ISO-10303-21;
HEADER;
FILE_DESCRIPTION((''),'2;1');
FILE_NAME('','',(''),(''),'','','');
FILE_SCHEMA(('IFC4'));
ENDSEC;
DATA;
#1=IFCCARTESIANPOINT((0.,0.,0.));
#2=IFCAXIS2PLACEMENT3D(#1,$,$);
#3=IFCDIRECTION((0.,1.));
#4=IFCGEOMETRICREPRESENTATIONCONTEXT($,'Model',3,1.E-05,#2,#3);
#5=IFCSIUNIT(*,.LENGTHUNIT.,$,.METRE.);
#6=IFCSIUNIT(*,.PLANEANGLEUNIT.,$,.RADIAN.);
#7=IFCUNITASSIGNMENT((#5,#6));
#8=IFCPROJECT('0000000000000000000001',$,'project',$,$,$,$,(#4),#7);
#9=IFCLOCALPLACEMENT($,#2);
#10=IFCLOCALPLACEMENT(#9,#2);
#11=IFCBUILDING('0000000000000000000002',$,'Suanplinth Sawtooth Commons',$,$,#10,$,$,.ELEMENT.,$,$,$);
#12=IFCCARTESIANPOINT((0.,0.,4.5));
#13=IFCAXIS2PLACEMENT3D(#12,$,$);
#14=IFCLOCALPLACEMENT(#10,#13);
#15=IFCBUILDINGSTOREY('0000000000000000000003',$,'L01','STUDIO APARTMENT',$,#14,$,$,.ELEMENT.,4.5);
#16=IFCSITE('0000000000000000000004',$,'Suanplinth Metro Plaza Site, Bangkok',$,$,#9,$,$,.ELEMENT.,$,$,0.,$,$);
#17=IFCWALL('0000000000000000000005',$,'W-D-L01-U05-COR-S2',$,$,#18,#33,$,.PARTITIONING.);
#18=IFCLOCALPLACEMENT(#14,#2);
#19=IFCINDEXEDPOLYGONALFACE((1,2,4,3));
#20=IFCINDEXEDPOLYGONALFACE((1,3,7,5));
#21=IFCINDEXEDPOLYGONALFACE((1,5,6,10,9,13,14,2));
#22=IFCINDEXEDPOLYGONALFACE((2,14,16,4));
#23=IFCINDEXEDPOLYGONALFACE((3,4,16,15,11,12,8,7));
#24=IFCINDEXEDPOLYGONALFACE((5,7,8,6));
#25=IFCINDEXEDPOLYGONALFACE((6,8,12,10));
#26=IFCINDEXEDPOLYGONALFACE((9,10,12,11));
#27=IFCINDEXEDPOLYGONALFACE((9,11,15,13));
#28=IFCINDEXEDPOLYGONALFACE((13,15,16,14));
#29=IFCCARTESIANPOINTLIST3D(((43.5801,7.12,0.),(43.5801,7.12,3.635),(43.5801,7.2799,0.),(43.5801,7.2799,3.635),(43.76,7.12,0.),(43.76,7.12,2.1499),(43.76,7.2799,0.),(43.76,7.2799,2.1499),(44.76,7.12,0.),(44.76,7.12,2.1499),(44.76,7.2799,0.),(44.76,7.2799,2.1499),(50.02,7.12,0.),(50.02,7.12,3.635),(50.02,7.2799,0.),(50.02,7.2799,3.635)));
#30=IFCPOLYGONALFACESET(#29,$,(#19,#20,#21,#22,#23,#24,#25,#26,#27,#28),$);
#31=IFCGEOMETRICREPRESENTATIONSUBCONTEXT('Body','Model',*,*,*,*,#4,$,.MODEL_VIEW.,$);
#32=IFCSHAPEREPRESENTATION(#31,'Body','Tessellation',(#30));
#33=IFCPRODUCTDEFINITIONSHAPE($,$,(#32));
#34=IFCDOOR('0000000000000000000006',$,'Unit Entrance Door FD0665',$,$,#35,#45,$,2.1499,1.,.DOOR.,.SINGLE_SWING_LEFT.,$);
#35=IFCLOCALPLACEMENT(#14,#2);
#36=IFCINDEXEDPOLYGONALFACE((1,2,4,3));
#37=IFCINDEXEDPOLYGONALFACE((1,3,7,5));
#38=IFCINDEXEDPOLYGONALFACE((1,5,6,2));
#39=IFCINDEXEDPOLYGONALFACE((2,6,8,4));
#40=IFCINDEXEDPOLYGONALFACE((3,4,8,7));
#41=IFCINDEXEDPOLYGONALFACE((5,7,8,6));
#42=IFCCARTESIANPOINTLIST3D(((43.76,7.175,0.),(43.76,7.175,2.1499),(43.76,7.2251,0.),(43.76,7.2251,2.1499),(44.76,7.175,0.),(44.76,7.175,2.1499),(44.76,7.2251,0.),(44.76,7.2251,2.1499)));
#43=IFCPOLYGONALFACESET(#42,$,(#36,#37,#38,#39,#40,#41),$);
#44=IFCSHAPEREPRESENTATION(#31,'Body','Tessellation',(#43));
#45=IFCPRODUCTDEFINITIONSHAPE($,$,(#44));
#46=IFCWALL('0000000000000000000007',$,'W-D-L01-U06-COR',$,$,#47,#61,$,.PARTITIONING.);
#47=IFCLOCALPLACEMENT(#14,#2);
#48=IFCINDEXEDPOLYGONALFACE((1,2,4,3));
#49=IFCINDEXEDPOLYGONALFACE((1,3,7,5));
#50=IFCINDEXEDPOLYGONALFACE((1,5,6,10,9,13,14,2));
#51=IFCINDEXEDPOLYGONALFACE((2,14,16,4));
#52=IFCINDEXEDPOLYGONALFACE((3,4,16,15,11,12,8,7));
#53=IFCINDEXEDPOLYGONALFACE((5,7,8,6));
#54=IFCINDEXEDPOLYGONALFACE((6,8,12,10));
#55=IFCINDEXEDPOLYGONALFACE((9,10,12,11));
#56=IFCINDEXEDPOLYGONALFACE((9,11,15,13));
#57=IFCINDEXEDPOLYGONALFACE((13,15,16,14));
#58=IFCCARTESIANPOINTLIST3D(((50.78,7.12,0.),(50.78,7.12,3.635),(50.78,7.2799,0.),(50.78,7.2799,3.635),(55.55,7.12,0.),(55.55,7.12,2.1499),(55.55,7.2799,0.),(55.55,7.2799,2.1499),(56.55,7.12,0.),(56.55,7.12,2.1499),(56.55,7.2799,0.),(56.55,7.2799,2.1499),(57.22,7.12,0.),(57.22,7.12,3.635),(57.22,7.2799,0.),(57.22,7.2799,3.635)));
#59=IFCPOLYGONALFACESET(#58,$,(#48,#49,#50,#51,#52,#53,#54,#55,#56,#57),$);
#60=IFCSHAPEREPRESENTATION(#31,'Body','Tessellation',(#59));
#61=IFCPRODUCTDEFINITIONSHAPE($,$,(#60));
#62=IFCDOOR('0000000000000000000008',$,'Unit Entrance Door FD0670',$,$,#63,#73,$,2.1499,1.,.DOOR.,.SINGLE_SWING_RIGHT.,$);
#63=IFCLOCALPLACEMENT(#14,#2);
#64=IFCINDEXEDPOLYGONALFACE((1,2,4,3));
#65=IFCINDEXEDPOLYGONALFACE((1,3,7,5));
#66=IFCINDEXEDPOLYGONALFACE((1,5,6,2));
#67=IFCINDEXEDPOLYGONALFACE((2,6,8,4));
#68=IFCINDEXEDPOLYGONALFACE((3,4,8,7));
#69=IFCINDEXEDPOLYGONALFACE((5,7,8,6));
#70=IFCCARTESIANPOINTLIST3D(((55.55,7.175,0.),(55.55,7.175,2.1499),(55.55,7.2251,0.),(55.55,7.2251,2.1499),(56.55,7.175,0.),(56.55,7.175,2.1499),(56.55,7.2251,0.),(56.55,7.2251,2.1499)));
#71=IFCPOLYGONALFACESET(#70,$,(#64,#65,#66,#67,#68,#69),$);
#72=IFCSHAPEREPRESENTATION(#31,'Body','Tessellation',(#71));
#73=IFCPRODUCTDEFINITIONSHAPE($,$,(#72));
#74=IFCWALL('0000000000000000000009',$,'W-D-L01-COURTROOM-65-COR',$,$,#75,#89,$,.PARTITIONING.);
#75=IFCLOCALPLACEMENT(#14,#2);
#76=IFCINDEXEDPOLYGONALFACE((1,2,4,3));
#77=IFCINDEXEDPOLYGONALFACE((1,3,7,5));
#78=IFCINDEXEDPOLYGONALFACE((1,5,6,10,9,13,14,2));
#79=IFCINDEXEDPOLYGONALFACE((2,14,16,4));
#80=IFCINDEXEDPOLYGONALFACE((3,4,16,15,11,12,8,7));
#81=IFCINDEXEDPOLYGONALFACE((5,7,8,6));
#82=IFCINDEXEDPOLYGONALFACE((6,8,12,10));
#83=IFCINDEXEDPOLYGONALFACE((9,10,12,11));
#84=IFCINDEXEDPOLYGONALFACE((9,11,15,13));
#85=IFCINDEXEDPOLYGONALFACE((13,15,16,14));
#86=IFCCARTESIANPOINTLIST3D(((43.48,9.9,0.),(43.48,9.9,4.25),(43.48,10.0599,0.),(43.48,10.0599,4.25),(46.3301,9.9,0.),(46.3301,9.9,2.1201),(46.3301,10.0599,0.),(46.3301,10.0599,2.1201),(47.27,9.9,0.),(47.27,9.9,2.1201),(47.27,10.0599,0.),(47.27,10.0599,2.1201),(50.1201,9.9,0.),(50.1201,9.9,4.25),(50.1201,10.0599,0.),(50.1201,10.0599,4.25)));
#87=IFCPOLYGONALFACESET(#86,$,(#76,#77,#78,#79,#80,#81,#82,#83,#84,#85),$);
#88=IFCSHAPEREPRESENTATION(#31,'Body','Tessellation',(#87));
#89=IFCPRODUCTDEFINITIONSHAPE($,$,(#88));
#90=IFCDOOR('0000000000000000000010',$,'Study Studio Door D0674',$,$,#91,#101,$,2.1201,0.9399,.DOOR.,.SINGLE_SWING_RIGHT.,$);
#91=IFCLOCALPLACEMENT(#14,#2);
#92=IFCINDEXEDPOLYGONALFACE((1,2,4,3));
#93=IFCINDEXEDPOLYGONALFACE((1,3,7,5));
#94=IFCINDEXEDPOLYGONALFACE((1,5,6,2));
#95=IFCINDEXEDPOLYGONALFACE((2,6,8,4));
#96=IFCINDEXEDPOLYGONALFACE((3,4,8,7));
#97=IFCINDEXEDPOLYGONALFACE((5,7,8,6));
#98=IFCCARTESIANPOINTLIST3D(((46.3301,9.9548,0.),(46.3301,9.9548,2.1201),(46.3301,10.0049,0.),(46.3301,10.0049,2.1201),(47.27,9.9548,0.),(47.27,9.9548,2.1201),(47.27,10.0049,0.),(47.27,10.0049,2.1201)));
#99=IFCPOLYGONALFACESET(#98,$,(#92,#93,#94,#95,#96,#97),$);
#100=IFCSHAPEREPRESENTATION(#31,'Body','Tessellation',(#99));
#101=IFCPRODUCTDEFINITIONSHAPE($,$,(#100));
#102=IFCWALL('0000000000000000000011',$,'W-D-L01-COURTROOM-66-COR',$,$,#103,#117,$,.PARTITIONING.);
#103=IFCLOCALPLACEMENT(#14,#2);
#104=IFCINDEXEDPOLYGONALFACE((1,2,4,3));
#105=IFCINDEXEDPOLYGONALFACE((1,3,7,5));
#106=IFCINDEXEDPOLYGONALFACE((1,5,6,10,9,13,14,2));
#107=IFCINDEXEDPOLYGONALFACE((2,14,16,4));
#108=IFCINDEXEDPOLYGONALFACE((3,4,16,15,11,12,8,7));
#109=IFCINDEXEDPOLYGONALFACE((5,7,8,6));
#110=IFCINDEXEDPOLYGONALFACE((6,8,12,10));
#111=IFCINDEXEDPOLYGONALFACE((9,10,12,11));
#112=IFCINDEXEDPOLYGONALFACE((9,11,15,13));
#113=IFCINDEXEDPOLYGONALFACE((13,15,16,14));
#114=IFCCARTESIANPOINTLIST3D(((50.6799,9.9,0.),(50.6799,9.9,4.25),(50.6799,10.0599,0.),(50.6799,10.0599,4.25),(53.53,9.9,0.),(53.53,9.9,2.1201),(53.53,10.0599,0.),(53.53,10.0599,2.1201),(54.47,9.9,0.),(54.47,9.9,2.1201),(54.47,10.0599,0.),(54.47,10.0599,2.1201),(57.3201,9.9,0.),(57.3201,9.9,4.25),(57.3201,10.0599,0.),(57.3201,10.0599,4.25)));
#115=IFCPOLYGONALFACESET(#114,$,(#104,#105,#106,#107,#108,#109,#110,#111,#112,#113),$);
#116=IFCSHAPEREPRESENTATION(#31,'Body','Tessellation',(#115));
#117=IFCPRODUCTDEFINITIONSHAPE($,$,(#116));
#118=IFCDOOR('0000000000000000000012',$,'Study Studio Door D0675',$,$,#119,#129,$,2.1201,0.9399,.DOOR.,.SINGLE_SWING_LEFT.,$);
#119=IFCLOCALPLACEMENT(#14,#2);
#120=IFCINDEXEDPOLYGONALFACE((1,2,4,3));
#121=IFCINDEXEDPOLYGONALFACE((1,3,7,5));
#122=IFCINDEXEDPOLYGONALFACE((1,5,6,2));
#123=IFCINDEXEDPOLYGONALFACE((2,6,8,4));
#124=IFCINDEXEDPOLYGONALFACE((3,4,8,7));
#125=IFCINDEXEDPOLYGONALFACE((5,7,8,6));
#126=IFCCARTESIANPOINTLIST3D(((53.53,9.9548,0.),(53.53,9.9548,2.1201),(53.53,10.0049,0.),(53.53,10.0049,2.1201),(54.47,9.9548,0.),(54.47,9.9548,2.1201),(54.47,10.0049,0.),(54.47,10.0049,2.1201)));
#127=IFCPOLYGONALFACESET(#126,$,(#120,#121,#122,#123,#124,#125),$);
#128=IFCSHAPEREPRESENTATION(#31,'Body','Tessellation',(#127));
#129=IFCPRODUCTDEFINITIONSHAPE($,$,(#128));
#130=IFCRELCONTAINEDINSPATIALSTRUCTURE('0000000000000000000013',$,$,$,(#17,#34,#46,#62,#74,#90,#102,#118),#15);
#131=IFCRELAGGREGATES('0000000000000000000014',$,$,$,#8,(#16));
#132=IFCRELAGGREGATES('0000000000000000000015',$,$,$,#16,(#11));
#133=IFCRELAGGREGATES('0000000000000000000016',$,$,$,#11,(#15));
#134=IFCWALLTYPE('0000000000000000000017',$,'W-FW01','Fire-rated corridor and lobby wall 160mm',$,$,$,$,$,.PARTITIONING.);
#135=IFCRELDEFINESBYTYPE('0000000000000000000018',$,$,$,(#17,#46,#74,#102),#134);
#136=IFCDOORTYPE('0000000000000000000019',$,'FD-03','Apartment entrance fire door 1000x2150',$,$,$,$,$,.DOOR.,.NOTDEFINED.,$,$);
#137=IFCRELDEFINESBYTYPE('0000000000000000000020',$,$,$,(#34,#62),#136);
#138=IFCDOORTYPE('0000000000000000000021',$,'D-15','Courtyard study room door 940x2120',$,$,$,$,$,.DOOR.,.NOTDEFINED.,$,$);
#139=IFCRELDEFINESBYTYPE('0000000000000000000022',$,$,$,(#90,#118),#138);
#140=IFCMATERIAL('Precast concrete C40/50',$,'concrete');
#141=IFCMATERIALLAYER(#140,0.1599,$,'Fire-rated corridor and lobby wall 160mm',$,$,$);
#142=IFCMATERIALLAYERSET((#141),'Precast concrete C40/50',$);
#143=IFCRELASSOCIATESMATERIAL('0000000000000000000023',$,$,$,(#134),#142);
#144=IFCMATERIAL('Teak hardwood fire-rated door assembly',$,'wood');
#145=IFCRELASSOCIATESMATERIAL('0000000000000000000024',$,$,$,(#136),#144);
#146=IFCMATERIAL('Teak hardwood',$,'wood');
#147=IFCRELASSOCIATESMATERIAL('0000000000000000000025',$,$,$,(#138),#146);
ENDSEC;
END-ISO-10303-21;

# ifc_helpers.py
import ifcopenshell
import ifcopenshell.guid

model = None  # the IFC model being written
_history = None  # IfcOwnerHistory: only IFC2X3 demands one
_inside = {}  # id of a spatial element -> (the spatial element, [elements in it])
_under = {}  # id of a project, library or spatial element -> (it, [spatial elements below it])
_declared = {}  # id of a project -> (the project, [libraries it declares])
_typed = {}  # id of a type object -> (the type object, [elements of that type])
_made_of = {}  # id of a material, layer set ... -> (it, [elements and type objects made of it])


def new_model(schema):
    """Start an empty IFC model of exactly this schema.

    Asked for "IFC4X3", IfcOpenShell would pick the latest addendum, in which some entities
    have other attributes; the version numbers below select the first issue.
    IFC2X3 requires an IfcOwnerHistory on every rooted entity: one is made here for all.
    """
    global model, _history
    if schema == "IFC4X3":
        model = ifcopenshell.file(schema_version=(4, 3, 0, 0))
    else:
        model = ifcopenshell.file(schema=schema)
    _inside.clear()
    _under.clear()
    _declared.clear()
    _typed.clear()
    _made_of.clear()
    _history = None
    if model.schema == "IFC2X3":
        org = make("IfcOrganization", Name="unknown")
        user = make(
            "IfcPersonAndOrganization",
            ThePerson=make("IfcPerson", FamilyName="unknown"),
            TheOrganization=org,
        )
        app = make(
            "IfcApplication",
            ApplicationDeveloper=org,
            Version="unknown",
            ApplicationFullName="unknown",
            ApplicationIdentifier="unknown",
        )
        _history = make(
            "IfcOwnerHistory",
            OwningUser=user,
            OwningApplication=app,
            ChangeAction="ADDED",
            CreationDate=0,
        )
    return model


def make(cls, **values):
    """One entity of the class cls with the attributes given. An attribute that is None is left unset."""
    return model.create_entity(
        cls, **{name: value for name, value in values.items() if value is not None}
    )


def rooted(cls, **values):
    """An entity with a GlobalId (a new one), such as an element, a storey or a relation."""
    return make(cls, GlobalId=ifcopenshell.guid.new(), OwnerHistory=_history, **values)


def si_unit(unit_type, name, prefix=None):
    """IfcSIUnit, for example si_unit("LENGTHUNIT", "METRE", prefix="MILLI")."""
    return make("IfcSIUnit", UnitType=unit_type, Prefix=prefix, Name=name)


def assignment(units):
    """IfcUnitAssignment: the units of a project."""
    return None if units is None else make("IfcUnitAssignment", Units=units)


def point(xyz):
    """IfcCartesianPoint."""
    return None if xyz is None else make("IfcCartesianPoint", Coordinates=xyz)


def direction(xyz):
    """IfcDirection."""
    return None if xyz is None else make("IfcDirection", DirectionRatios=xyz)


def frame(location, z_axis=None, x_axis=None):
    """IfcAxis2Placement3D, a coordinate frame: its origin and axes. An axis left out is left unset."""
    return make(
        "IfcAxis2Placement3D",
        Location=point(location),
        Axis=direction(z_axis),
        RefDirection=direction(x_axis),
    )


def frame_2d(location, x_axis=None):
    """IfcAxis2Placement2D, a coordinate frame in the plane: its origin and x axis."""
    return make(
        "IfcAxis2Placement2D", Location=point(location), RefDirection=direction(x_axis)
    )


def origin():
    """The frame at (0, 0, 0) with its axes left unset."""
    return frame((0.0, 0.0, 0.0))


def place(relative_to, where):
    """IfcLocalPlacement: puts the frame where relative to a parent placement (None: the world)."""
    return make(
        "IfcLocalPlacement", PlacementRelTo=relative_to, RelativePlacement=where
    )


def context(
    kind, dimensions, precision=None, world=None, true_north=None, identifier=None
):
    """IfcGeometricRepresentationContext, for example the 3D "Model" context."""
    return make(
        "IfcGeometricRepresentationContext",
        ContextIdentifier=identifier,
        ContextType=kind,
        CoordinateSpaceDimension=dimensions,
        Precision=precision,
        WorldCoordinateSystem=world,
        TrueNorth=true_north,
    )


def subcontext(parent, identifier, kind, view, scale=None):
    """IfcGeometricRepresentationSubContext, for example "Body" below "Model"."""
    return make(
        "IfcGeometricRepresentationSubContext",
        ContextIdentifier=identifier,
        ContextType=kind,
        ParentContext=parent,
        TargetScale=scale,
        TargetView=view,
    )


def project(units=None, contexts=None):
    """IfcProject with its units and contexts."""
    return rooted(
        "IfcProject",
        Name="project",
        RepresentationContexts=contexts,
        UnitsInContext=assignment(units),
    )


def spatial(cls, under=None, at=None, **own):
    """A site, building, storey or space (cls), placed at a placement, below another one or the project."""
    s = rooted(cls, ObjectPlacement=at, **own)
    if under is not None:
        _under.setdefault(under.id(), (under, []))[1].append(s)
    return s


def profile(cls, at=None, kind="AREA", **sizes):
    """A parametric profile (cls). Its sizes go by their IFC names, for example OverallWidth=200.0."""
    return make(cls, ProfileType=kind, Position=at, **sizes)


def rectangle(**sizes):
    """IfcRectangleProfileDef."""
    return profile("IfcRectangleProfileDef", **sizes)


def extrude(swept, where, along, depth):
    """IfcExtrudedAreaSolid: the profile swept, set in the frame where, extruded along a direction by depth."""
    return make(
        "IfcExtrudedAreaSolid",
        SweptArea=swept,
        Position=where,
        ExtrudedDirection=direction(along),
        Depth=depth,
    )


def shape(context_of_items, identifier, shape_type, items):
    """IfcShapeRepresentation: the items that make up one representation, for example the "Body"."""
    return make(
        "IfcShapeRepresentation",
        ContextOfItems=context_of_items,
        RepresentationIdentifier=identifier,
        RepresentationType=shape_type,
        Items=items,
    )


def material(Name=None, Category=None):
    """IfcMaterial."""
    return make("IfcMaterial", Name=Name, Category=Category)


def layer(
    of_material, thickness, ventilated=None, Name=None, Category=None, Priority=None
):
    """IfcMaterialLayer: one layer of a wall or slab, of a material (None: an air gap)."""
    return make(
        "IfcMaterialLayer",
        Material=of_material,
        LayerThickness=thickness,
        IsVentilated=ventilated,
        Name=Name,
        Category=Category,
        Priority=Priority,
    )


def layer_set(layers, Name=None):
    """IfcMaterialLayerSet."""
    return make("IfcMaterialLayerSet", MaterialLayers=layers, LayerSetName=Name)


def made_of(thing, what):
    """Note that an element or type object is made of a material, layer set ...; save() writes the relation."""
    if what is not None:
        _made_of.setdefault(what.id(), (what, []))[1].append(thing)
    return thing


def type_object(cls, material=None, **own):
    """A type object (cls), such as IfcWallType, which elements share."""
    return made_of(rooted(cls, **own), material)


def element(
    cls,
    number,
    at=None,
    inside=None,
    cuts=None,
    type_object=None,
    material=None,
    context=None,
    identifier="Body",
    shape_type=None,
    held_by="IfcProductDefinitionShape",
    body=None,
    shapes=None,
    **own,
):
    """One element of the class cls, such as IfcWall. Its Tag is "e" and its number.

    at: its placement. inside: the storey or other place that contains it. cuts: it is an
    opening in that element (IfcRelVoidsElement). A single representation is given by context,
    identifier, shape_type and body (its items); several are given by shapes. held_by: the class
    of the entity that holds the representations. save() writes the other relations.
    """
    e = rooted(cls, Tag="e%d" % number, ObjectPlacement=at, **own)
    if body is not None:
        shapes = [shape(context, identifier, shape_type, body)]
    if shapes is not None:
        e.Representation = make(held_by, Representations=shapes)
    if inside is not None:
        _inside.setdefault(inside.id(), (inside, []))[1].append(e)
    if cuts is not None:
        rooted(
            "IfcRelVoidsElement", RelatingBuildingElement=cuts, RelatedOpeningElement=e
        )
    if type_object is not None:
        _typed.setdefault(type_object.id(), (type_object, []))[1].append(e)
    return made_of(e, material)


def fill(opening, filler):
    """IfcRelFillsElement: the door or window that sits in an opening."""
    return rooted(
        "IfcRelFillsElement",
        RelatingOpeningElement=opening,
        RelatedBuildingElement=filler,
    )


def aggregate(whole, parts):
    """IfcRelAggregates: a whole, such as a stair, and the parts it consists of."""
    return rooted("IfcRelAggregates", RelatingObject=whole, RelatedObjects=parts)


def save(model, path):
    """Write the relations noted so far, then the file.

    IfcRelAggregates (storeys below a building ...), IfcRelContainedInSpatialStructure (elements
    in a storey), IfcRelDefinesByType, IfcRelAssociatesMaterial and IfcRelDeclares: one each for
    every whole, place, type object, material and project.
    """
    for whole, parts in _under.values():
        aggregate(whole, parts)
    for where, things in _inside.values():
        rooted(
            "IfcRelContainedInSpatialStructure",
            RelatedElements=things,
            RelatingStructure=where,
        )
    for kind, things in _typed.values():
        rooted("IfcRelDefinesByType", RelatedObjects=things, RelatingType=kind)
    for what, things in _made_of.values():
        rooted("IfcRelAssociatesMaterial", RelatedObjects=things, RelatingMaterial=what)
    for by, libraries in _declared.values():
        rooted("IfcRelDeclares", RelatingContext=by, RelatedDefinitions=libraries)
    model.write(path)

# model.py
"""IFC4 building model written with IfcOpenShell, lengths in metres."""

from ifc_helpers import new_model, si_unit, direction, frame, frame_2d, origin, place, context, subcontext, project, spatial, rectangle, extrude, material, layer, layer_set, type_object, element, fill, save


model = new_model("IFC4")

# Units and contexts
model_context = context("Model", 3, precision=1e-05, world=origin(), true_north=direction((0.0, 1.0)))
body_context = subcontext(model_context, "Body", "Model", "MODEL_VIEW")
ifc_project = project(units=[si_unit("LENGTHUNIT", "METRE"), si_unit("PLANEANGLEUNIT", "RADIAN")], contexts=[model_context])

# Site, building, storey
site_placement = place(None, origin())
site = spatial("IfcSite", under=ifc_project, at=site_placement, Name="Suanplinth Metro Plaza Site, Bangkok", CompositionType="ELEMENT", RefElevation=0.0)
building_placement = place(site_placement, origin())
building = spatial("IfcBuilding", under=site, at=building_placement, Name="Suanplinth Sawtooth Commons", CompositionType="ELEMENT")
storey_placement = place(building_placement, frame((0.0, 0.0, 4.5)))
storey = spatial("IfcBuildingStorey", under=building, at=storey_placement, Name="L01", Description="STUDIO APARTMENT", CompositionType="ELEMENT", Elevation=4.5)

# Shared definitions
ifc_material_1 = material(Name="Precast concrete C40/50", Category="concrete")

# Walls, openings, doors
ifc_layer_1 = layer(ifc_material_1, 0.1599, Name="Fire-rated corridor and lobby wall 160mm")
ifc_layer_set_1 = layer_set([ifc_layer_1], Name="Precast concrete C40/50")
wall_type_1 = type_object("IfcWallType", Name="W-FW01", Description="Fire-rated corridor and lobby wall 160mm", PredefinedType="PARTITIONING", material=ifc_layer_set_1)
wall_1_placement = place(storey_placement, frame((43.5801, 7.2, 0.0), z_axis=(0.0, 0.0, 1.0), x_axis=(1.0, 0.0, 0.0)))
wall_1 = element("IfcWall", 1, at=wall_1_placement, inside=storey, type_object=wall_type_1, Name="W-D-L01-U05-COR-S2", PredefinedType="PARTITIONING", context=body_context, shape_type="SweptSolid", body=[
    extrude(rectangle(XDim=6.4399, YDim=0.1599, at=frame_2d((3.22, 0.0))), origin(), (0.0, 0.0, 1.0), 3.635),
])
opening_1_placement = place(wall_1_placement, frame((0.1799, 0.0, 0.0)))
opening_1 = element("IfcOpeningElement", 2, at=opening_1_placement, cuts=wall_1, PredefinedType="OPENING", context=body_context, shape_type="SweptSolid", body=[
    extrude(rectangle(XDim=1.0, YDim=2.1499, at=frame_2d((0.5, 1.075))), frame((0.0, 0.0947, 0.0), z_axis=(0.0, -1.0, 0.0), x_axis=(1.0, 0.0, 0.0)), (0.0, 0.0, 1.0), 0.1897),
])
ifc_material_2 = material(Name="Teak hardwood fire-rated door assembly", Category="wood")
door_type_1 = type_object("IfcDoorType", Name="FD-03", Description="Apartment entrance fire door 1000x2150", OperationType="NOTDEFINED", PredefinedType="DOOR", material=ifc_material_2)
door_1_placement = place(opening_1_placement, frame((1.0, 0.0, 0.0), z_axis=(0.0, 0.0, 1.0), x_axis=(-1.0, 0.0, 0.0)))
door_1 = element("IfcDoor", 3, at=door_1_placement, inside=storey, type_object=door_type_1, Name="Unit Entrance Door FD0665", OperationType="SINGLE_SWING_LEFT", OverallHeight=2.1499, OverallWidth=1.0, PredefinedType="DOOR", context=body_context, shape_type="SweptSolid", body=[
    extrude(rectangle(XDim=1.0, YDim=2.1499, at=frame_2d((0.5, 1.075))), frame((0.0, 0.0249, 0.0), z_axis=(0.0, -1.0, 0.0), x_axis=(1.0, 0.0, 0.0)), (0.0, 0.0, 1.0), 0.05),
])
fill(opening_1, door_1)
wall_2_placement = place(storey_placement, frame((50.78, 7.2, 0.0), z_axis=(0.0, 0.0, 1.0), x_axis=(1.0, 0.0, 0.0)))
wall_2 = element("IfcWall", 4, at=wall_2_placement, inside=storey, type_object=wall_type_1, Name="W-D-L01-U06-COR", PredefinedType="PARTITIONING", context=body_context, shape_type="SweptSolid", body=[
    extrude(rectangle(XDim=6.4399, YDim=0.1599, at=frame_2d((3.22, 0.0))), origin(), (0.0, 0.0, 1.0), 3.635),
])
opening_2_placement = place(wall_2_placement, frame((4.77, 0.0, 0.0)))
opening_2 = element("IfcOpeningElement", 5, at=opening_2_placement, cuts=wall_2, PredefinedType="OPENING", context=body_context, shape_type="SweptSolid", body=[
    extrude(rectangle(XDim=1.0, YDim=2.1499, at=frame_2d((0.5, 1.075))), frame((0.0, 0.0947, 0.0), z_axis=(0.0, -1.0, 0.0), x_axis=(1.0, 0.0, 0.0)), (0.0, 0.0, 1.0), 0.1897),
])
door_2_placement = place(opening_2_placement, frame((1.0, 0.0, 0.0), z_axis=(0.0, 0.0, 1.0), x_axis=(-1.0, 0.0, 0.0)))
door_2 = element("IfcDoor", 6, at=door_2_placement, inside=storey, type_object=door_type_1, Name="Unit Entrance Door FD0670", OperationType="SINGLE_SWING_RIGHT", OverallHeight=2.1499, OverallWidth=1.0, PredefinedType="DOOR", context=body_context, shape_type="SweptSolid", body=[
    extrude(rectangle(XDim=1.0, YDim=2.1499, at=frame_2d((0.5, 1.075))), frame((0.0, 0.0249, 0.0), z_axis=(0.0, -1.0, 0.0), x_axis=(1.0, 0.0, 0.0)), (0.0, 0.0, 1.0), 0.05),
])
fill(opening_2, door_2)
wall_3_placement = place(storey_placement, frame((43.48, 9.98, 0.0), z_axis=(0.0, 0.0, 1.0), x_axis=(1.0, 0.0, 0.0)))
wall_3 = element("IfcWall", 7, at=wall_3_placement, inside=storey, type_object=wall_type_1, Name="W-D-L01-COURTROOM-65-COR", PredefinedType="PARTITIONING", context=body_context, shape_type="SweptSolid", body=[
    extrude(rectangle(XDim=6.6401, YDim=0.1599, at=frame_2d((3.3201, 0.0))), origin(), (0.0, 0.0, 1.0), 4.25),
])
opening_3_placement = place(wall_3_placement, frame((2.8501, 0.0, 0.0)))
opening_3 = element("IfcOpeningElement", 8, at=opening_3_placement, cuts=wall_3, PredefinedType="OPENING", context=body_context, shape_type="SweptSolid", body=[
    extrude(rectangle(XDim=0.9399, YDim=2.1201, at=frame_2d((0.47, 1.0601))), frame((0.0, 0.0947, 0.0), z_axis=(0.0, -1.0, 0.0), x_axis=(1.0, 0.0, 0.0)), (0.0, 0.0, 1.0), 0.1897),
])
ifc_material_3 = material(Name="Teak hardwood", Category="wood")
door_type_2 = type_object("IfcDoorType", Name="D-15", Description="Courtyard study room door 940x2120", OperationType="NOTDEFINED", PredefinedType="DOOR", material=ifc_material_3)
door_3_placement = place(opening_3_placement, origin())
door_3 = element("IfcDoor", 9, at=door_3_placement, inside=storey, type_object=door_type_2, Name="Study Studio Door D0674", OperationType="SINGLE_SWING_RIGHT", OverallHeight=2.1201, OverallWidth=0.9399, PredefinedType="DOOR", context=body_context, shape_type="SweptSolid", body=[
    extrude(rectangle(XDim=0.9399, YDim=2.1201, at=frame_2d((0.47, 1.0601))), frame((0.0, 0.0249, 0.0), z_axis=(0.0, -1.0, 0.0), x_axis=(1.0, 0.0, 0.0)), (0.0, 0.0, 1.0), 0.05),
])
fill(opening_3, door_3)
wall_4_placement = place(storey_placement, frame((50.6799, 9.98, 0.0), z_axis=(0.0, 0.0, 1.0), x_axis=(1.0, 0.0, 0.0)))
wall_4 = element("IfcWall", 10, at=wall_4_placement, inside=storey, type_object=wall_type_1, Name="W-D-L01-COURTROOM-66-COR", PredefinedType="PARTITIONING", context=body_context, shape_type="SweptSolid", body=[
    extrude(rectangle(XDim=6.6401, YDim=0.1599, at=frame_2d((3.3201, 0.0))), origin(), (0.0, 0.0, 1.0), 4.25),
])
opening_4_placement = place(wall_4_placement, frame((2.8501, 0.0, 0.0)))
opening_4 = element("IfcOpeningElement", 11, at=opening_4_placement, cuts=wall_4, PredefinedType="OPENING", context=body_context, shape_type="SweptSolid", body=[
    extrude(rectangle(XDim=0.9399, YDim=2.1201, at=frame_2d((0.47, 1.0601))), frame((0.0, 0.0947, 0.0), z_axis=(0.0, -1.0, 0.0), x_axis=(1.0, 0.0, 0.0)), (0.0, 0.0, 1.0), 0.1897),
])
door_4_placement = place(opening_4_placement, origin())
door_4 = element("IfcDoor", 12, at=door_4_placement, inside=storey, type_object=door_type_2, Name="Study Studio Door D0675", OperationType="SINGLE_SWING_LEFT", OverallHeight=2.1201, OverallWidth=0.9399, PredefinedType="DOOR", context=body_context, shape_type="SweptSolid", body=[
    extrude(rectangle(XDim=0.9399, YDim=2.1201, at=frame_2d((0.47, 1.0601))), frame((0.0, 0.0249, 0.0), z_axis=(0.0, -1.0, 0.0), x_axis=(1.0, 0.0, 0.0)), (0.0, 0.0, 1.0), 0.05),
])
fill(opening_4, door_4)

save(model, "model.ifc")
